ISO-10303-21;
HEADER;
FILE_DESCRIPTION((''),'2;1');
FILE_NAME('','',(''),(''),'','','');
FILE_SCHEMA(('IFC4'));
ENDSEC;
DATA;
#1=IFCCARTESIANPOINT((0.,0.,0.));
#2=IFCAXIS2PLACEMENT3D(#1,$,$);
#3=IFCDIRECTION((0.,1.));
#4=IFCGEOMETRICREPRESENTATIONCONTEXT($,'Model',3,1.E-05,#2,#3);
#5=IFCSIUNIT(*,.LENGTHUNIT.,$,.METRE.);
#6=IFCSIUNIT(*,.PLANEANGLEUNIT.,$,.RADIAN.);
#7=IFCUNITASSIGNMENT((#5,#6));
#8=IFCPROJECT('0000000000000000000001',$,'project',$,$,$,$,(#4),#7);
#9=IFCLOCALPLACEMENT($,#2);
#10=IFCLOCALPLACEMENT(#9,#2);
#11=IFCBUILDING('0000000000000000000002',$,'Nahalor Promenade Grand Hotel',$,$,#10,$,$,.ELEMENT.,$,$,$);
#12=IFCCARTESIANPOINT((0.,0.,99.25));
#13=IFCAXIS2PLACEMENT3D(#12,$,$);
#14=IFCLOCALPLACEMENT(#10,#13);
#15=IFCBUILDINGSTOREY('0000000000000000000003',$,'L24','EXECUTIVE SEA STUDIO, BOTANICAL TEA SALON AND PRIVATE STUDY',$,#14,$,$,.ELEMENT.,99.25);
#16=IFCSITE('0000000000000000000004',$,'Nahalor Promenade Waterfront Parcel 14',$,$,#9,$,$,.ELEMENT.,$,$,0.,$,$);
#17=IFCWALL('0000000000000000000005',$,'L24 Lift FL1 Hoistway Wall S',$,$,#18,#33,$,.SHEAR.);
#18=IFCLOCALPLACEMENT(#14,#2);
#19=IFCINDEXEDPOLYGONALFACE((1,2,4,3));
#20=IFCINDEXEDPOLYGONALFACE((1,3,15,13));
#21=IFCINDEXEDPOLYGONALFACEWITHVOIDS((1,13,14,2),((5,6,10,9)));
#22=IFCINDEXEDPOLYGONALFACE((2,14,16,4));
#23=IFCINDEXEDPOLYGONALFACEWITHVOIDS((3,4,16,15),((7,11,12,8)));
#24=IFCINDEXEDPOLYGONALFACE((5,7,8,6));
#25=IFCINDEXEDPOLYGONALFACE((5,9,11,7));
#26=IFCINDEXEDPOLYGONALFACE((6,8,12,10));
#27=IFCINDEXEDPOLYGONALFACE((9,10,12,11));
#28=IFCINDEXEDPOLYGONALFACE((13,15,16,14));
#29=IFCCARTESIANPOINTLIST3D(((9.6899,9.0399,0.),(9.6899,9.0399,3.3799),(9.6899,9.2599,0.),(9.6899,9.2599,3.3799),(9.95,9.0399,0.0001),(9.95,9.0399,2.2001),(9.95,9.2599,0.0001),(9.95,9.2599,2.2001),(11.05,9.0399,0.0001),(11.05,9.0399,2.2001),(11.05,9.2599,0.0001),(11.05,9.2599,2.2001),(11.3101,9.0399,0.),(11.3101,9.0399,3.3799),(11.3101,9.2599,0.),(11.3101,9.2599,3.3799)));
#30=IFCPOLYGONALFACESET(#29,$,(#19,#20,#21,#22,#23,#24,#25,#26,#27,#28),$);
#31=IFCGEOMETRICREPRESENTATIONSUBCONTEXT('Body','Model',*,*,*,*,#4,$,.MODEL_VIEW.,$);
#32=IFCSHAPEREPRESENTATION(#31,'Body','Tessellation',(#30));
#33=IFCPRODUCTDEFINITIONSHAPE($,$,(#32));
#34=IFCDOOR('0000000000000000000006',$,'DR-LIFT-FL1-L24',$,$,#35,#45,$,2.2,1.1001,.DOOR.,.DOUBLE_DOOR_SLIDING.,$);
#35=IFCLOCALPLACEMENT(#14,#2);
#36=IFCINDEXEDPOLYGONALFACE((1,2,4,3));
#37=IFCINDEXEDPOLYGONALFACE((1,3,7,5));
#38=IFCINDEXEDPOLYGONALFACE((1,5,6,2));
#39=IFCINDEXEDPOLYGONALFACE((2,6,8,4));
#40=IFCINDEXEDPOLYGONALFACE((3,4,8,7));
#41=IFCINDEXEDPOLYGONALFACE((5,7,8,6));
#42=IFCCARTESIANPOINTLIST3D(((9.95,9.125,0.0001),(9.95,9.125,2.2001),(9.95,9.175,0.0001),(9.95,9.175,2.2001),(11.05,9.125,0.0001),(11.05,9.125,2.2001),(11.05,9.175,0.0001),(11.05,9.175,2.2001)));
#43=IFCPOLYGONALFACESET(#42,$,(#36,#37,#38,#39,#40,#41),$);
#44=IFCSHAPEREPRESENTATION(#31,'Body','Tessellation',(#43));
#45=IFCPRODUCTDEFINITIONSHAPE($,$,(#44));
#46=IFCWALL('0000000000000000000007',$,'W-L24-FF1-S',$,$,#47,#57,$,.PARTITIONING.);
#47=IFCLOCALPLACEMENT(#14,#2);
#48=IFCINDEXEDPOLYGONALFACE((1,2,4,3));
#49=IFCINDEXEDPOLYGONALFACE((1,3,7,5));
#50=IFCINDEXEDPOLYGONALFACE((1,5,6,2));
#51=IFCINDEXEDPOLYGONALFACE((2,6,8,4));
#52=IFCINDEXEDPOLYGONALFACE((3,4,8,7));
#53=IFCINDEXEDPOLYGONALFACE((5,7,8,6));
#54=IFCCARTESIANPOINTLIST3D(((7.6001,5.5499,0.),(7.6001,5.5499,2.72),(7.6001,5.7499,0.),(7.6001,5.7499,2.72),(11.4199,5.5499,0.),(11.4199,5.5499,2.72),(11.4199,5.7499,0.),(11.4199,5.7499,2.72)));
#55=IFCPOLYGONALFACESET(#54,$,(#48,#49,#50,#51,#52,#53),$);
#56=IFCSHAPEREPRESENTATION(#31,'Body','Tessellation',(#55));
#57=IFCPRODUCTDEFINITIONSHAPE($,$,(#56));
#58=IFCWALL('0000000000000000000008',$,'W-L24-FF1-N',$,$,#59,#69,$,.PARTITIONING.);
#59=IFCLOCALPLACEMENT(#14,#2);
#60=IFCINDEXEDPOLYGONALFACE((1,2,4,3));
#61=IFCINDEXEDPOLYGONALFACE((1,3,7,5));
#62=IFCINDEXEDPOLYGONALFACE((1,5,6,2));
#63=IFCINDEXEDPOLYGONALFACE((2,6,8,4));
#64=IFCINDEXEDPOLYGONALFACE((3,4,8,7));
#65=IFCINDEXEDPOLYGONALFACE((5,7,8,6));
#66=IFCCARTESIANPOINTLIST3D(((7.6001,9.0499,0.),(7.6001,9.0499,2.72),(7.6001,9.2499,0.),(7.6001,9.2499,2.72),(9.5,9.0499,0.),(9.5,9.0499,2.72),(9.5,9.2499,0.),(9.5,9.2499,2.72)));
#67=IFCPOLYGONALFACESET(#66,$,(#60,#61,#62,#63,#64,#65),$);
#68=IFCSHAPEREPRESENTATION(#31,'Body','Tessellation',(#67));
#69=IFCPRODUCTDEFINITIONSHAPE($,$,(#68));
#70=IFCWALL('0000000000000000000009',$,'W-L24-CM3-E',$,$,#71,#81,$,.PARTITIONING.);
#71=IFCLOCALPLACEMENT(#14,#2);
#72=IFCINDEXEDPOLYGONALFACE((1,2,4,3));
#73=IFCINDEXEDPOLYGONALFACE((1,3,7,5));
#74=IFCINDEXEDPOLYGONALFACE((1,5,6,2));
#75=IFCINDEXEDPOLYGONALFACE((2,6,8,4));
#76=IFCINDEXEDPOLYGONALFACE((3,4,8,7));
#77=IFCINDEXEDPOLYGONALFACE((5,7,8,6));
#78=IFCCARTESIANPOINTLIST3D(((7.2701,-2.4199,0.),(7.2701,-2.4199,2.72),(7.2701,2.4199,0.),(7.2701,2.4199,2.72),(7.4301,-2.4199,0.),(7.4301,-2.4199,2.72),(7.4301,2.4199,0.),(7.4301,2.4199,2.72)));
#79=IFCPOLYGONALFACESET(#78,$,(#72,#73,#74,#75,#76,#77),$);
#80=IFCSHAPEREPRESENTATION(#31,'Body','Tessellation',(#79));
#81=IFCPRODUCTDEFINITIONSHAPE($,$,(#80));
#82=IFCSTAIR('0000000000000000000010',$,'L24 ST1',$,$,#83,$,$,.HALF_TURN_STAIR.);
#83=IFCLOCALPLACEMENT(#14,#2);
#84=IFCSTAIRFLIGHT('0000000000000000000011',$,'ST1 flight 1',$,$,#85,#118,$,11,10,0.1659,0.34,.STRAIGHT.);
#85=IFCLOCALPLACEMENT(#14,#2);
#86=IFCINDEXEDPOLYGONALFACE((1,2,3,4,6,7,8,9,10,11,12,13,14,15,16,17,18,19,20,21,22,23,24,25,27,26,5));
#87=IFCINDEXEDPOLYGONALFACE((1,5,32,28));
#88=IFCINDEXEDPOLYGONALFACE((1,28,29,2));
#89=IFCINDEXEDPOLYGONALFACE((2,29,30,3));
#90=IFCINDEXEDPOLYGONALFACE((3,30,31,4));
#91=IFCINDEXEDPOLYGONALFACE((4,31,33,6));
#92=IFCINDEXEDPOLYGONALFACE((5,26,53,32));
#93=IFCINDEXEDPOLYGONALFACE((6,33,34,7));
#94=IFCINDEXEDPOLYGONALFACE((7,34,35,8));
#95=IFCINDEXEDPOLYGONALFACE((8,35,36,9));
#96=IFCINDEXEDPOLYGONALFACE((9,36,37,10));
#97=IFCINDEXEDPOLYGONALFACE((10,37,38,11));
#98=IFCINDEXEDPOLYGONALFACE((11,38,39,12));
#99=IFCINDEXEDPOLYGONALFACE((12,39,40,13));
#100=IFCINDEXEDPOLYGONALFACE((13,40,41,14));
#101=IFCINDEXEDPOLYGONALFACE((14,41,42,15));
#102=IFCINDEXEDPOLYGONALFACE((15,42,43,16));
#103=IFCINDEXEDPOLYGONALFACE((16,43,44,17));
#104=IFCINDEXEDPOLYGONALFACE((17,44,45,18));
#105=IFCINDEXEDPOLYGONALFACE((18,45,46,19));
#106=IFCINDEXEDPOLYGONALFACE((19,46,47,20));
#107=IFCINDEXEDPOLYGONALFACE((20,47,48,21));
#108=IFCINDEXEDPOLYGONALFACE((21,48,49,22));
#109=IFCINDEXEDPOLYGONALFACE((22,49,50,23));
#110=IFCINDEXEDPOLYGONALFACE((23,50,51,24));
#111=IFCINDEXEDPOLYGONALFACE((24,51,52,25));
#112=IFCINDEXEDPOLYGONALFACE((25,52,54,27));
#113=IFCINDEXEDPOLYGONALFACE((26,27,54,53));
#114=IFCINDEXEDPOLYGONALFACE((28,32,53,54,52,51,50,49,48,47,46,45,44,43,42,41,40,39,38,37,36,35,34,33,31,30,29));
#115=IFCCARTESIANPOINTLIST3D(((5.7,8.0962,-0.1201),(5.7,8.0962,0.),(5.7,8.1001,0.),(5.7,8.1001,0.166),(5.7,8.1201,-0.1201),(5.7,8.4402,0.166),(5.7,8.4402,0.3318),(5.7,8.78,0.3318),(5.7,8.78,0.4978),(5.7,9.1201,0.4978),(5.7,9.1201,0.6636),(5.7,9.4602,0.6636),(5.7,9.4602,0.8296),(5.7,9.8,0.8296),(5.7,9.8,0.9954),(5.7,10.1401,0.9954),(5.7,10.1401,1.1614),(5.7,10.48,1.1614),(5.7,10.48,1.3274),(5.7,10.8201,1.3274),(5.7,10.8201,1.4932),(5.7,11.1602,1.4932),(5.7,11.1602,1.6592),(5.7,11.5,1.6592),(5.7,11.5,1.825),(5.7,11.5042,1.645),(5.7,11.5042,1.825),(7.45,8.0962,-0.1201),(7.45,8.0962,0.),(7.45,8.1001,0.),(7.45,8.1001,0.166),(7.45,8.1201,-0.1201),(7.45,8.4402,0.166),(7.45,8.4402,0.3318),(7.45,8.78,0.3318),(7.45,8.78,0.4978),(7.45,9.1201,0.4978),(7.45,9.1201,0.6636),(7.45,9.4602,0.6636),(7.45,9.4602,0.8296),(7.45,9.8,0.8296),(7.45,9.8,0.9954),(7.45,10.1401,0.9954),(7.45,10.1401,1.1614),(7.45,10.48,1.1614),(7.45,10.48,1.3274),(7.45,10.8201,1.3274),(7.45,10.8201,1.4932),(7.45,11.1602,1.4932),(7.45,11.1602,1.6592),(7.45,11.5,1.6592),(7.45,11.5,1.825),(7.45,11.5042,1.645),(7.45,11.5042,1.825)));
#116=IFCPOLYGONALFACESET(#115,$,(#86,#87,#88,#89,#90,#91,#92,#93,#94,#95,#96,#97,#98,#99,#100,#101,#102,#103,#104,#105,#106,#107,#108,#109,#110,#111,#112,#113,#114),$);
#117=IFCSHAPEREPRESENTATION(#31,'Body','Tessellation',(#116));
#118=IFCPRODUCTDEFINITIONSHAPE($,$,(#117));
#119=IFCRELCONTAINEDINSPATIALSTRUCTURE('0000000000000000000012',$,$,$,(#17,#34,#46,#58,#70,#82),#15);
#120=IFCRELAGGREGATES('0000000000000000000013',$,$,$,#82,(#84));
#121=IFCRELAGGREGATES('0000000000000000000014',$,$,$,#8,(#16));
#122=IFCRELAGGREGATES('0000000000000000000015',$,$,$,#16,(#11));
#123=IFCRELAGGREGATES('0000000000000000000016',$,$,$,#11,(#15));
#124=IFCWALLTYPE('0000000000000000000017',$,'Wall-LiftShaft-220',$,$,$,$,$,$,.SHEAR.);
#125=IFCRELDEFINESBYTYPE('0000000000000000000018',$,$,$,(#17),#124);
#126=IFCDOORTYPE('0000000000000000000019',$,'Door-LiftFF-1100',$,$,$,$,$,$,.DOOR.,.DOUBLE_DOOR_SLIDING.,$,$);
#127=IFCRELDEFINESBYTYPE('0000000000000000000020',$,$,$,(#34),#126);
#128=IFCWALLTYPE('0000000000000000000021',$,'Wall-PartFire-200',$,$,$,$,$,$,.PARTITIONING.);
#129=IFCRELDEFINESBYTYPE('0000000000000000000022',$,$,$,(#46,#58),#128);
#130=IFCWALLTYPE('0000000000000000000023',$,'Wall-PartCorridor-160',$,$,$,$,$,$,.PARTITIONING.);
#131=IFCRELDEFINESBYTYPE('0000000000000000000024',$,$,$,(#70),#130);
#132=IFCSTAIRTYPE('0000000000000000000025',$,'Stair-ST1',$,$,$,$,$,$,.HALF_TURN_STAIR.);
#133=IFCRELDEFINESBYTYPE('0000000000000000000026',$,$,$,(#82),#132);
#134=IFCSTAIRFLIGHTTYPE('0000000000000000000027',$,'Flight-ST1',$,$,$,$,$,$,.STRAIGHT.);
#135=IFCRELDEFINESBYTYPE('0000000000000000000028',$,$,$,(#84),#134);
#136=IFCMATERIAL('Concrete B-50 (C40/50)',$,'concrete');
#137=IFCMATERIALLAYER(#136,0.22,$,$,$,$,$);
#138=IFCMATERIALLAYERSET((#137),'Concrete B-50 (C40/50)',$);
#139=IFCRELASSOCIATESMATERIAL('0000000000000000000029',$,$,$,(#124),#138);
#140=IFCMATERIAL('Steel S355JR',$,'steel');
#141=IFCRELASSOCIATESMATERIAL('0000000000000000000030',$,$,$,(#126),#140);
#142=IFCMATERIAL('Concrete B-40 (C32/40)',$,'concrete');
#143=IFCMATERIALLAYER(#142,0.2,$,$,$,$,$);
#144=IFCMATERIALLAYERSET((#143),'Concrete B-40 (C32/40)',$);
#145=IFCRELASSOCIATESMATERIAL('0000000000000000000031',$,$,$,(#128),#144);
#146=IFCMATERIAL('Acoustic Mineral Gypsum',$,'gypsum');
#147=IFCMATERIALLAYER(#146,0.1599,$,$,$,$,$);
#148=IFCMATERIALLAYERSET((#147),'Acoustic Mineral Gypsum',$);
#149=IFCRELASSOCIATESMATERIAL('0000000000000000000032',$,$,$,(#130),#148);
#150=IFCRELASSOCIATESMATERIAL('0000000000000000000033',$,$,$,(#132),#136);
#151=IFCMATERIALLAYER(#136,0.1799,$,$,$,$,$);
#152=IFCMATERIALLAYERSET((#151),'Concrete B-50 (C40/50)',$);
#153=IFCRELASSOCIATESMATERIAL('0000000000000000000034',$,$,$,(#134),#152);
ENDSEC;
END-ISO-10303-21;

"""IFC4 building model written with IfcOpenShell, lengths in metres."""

from ifc_helpers import new_model, si_unit, direction, frame, frame_2d, origin, place, context, subcontext, project, spatial, polyline, rectangle, outline, extrude, source, transform, mapped, material, layer, layer_set, type_object, element, fill, aggregate, save


model = new_model("IFC4")

# Units and contexts
model_context = context("Model", 3, precision=1e-05, world=origin(), true_north=direction((0.0, 1.0)))
body_context = subcontext(model_context, "Body", "Model", "MODEL_VIEW")
ifc_project = project(units=[si_unit("LENGTHUNIT", "METRE"), si_unit("PLANEANGLEUNIT", "RADIAN")], contexts=[model_context])

# Site, building, storey
site_placement = place(None, origin())
site = spatial("IfcSite", under=ifc_project, at=site_placement, Name="Nahalor Promenade Waterfront Parcel 14", CompositionType="ELEMENT", RefElevation=0.0)
building_placement = place(site_placement, origin())
building = spatial("IfcBuilding", under=site, at=building_placement, Name="Nahalor Promenade Grand Hotel", CompositionType="ELEMENT")
storey_placement = place(building_placement, frame((0.0, 0.0, 99.25)))
storey = spatial("IfcBuildingStorey", under=building, at=storey_placement, Name="L24", Description="EXECUTIVE SEA STUDIO, BOTANICAL TEA SALON AND PRIVATE STUDY", CompositionType="ELEMENT", Elevation=99.25)

# Shared definitions
ifc_material_1 = material(Name="Steel S355JR", Category="steel")

# Shared definitions
ifc_material_2 = material(Name="Concrete B-50 (C40/50)", Category="concrete")

# Shared definitions
ifc_layer_1 = layer(ifc_material_2, 0.22)
ifc_layer_set_1 = layer_set([ifc_layer_1], Name="Concrete B-50 (C40/50)")
wall_type_1 = type_object("IfcWallType", Name="Wall-LiftShaft-220", PredefinedType="SHEAR", material=ifc_layer_set_1)

# Wall, opening, door
shared_shape_1 = source(origin(), body_context, "Body", "SweptSolid", [
    extrude(rectangle(XDim=1.6201, YDim=0.22, at=frame_2d((0.8101, 0.0))), origin(), (0.0, 0.0, 1.0), 3.3799),
])
wall_1_placement = place(storey_placement, frame((9.6899, 9.1499, 0.0), z_axis=(0.0, 0.0, 1.0), x_axis=(1.0, 0.0, 0.0)))
wall_1 = element("IfcWall", 1, at=wall_1_placement, inside=storey, type_object=wall_type_1, Name="L24 Lift FL1 Hoistway Wall S", PredefinedType="SHEAR", context=body_context, shape_type="MappedRepresentation", body=[
    mapped(shared_shape_1, transform((0.0, 0.0, 0.0), scale=1.0)),
])
opening_1_placement = place(wall_1_placement, frame((0.26, 0.0, 0.0)))
opening_1 = element("IfcOpeningElement", 2, at=opening_1_placement, cuts=wall_1, PredefinedType="OPENING", context=body_context, shape_type="SweptSolid", body=[
    extrude(rectangle(XDim=1.1001, YDim=2.2, at=frame_2d((0.55, 1.1001))), frame((0.0, 0.1199, 0.0), z_axis=(0.0, -1.0, 0.0), x_axis=(1.0, 0.0, 0.0)), (0.0, 0.0, 1.0), 0.24),
])
door_type_1 = type_object("IfcDoorType", Name="Door-LiftFF-1100", OperationType="DOUBLE_DOOR_SLIDING", PredefinedType="DOOR", material=ifc_material_1)
shared_shape_2 = source(origin(), body_context, "Body", "SweptSolid", [
    extrude(rectangle(XDim=1.1001, YDim=2.2, at=frame_2d((0.55, 1.1001))), frame((0.0, 0.0249, 0.0), z_axis=(0.0, -1.0, 0.0), x_axis=(1.0, 0.0, 0.0)), (0.0, 0.0, 1.0), 0.05),
])
door_1_placement = place(opening_1_placement, frame((1.1001, 0.0, 0.0), z_axis=(0.0, 0.0, 1.0), x_axis=(-1.0, 0.0, 0.0)))
door_1 = element("IfcDoor", 3, at=door_1_placement, inside=storey, type_object=door_type_1, Name="DR-LIFT-FL1-L24", OperationType="DOUBLE_DOOR_SLIDING", OverallHeight=2.2, OverallWidth=1.1001, PredefinedType="DOOR", context=body_context, shape_type="MappedRepresentation", body=[
    mapped(shared_shape_2, transform((0.0, 0.0, 0.0), scale=1.0)),
])
fill(opening_1, door_1)

# Walls
ifc_material_3 = material(Name="Concrete B-40 (C32/40)", Category="concrete")
ifc_layer_2 = layer(ifc_material_3, 0.2)
ifc_layer_set_2 = layer_set([ifc_layer_2], Name="Concrete B-40 (C32/40)")
wall_type_2 = type_object("IfcWallType", Name="Wall-PartFire-200", PredefinedType="PARTITIONING", material=ifc_layer_set_2)
shared_shape_3 = source(origin(), body_context, "Body", "SweptSolid", [
    extrude(rectangle(XDim=3.8198, YDim=0.2, at=frame_2d((1.9099, 0.0))), origin(), (0.0, 0.0, 1.0), 2.72),
])
wall_2_placement = place(storey_placement, frame((7.6001, 5.6499, 0.0), z_axis=(0.0, 0.0, 1.0), x_axis=(1.0, 0.0, 0.0)))
element("IfcWall", 4, at=wall_2_placement, inside=storey, type_object=wall_type_2, Name="W-L24-FF1-S", PredefinedType="PARTITIONING", context=body_context, shape_type="MappedRepresentation", body=[
    mapped(shared_shape_3, transform((0.0, 0.0, 0.0), scale=1.0)),
])
shared_shape_4 = source(origin(), body_context, "Body", "SweptSolid", [
    extrude(rectangle(XDim=1.8999, YDim=0.2, at=frame_2d((0.95, 0.0))), origin(), (0.0, 0.0, 1.0), 2.72),
])
wall_3_placement = place(storey_placement, frame((7.6001, 9.1499, 0.0), z_axis=(0.0, 0.0, 1.0), x_axis=(1.0, 0.0, 0.0)))
element("IfcWall", 5, at=wall_3_placement, inside=storey, type_object=wall_type_2, Name="W-L24-FF1-N", PredefinedType="PARTITIONING", context=body_context, shape_type="MappedRepresentation", body=[
    mapped(shared_shape_4, transform((0.0, 0.0, 0.0), scale=1.0)),
])

# Wall
ifc_material_4 = material(Name="Acoustic Mineral Gypsum", Category="gypsum")
ifc_layer_3 = layer(ifc_material_4, 0.1599)
ifc_layer_set_3 = layer_set([ifc_layer_3], Name="Acoustic Mineral Gypsum")
wall_type_3 = type_object("IfcWallType", Name="Wall-PartCorridor-160", PredefinedType="PARTITIONING", material=ifc_layer_set_3)
shared_shape_5 = source(origin(), body_context, "Body", "SweptSolid", [
    extrude(rectangle(XDim=4.8398, YDim=0.1599, at=frame_2d((2.4199, 0.0))), origin(), (0.0, 0.0, 1.0), 2.72),
])
wall_4_placement = place(storey_placement, frame((7.3501, -2.4199, 0.0), z_axis=(0.0, 0.0, 1.0), x_axis=(0.0, 1.0, 0.0)))
element("IfcWall", 6, at=wall_4_placement, inside=storey, type_object=wall_type_3, Name="W-L24-CM3-E", PredefinedType="PARTITIONING", context=body_context, shape_type="MappedRepresentation", body=[
    mapped(shared_shape_5, transform((0.0, 0.0, 0.0), scale=1.0)),
])

# Stair, stair flight
stair_type = type_object("IfcStairType", Name="Stair-ST1", PredefinedType="HALF_TURN_STAIR", material=ifc_material_2)
stair_placement = place(storey_placement, origin())
stair = element("IfcStair", 7, at=stair_placement, inside=storey, type_object=stair_type, Name="L24 ST1", PredefinedType="HALF_TURN_STAIR")
ifc_layer_4 = layer(ifc_material_2, 0.1799)
ifc_layer_set_4 = layer_set([ifc_layer_4], Name="Concrete B-50 (C40/50)")
stair_flight_type = type_object("IfcStairFlightType", Name="Flight-ST1", PredefinedType="STRAIGHT", material=ifc_layer_set_4)
shared_shape_6 = source(origin(), body_context, "Body", "SweptSolid", [
    extrude(outline(polyline([(-0.0039, -0.1201), (-0.0039, 0.0), (0.0, 0.0), (0.0, 0.166), (0.3401, 0.166), (0.3401, 0.3318), (0.6799, 0.3318), (0.6799, 0.4978), (1.02, 0.4978), (1.02, 0.6636), (1.3601, 0.6636), (1.3601, 0.8296), (1.7, 0.8296), (1.7, 0.9954), (2.04, 0.9954), (2.04, 1.1614), (2.3799, 1.1614), (2.3799, 1.3274), (2.72, 1.3274), (2.72, 1.4932), (3.0601, 1.4932), (3.0601, 1.6592), (3.3999, 1.6592), (3.3999, 1.825), (3.4041, 1.825), (3.4041, 1.645), (0.02, -0.1201), (-0.0039, -0.1201)])), frame((0.0, 0.875, 0.0), z_axis=(0.0, -1.0, 0.0), x_axis=(1.0, 0.0, 0.0)), (0.0, 0.0, 1.0), 1.75),
])
stair_flight_placement = place(storey_placement, frame((6.575, 8.1001, 0.0), z_axis=(0.0, 0.0, 1.0), x_axis=(0.0, 1.0, 0.0)))
stair_flight = element("IfcStairFlight", 8, at=stair_flight_placement, type_object=stair_flight_type, Name="ST1 flight 1", NumberOfRisers=11, NumberOfTreads=10, PredefinedType="STRAIGHT", RiserHeight=0.1659, TreadLength=0.34, context=body_context, shape_type="MappedRepresentation", body=[
    mapped(shared_shape_6, transform((0.0, 0.0, 0.0), scale=1.0)),
])
aggregate(stair, [stair_flight])

save(model, "model.ifc")
